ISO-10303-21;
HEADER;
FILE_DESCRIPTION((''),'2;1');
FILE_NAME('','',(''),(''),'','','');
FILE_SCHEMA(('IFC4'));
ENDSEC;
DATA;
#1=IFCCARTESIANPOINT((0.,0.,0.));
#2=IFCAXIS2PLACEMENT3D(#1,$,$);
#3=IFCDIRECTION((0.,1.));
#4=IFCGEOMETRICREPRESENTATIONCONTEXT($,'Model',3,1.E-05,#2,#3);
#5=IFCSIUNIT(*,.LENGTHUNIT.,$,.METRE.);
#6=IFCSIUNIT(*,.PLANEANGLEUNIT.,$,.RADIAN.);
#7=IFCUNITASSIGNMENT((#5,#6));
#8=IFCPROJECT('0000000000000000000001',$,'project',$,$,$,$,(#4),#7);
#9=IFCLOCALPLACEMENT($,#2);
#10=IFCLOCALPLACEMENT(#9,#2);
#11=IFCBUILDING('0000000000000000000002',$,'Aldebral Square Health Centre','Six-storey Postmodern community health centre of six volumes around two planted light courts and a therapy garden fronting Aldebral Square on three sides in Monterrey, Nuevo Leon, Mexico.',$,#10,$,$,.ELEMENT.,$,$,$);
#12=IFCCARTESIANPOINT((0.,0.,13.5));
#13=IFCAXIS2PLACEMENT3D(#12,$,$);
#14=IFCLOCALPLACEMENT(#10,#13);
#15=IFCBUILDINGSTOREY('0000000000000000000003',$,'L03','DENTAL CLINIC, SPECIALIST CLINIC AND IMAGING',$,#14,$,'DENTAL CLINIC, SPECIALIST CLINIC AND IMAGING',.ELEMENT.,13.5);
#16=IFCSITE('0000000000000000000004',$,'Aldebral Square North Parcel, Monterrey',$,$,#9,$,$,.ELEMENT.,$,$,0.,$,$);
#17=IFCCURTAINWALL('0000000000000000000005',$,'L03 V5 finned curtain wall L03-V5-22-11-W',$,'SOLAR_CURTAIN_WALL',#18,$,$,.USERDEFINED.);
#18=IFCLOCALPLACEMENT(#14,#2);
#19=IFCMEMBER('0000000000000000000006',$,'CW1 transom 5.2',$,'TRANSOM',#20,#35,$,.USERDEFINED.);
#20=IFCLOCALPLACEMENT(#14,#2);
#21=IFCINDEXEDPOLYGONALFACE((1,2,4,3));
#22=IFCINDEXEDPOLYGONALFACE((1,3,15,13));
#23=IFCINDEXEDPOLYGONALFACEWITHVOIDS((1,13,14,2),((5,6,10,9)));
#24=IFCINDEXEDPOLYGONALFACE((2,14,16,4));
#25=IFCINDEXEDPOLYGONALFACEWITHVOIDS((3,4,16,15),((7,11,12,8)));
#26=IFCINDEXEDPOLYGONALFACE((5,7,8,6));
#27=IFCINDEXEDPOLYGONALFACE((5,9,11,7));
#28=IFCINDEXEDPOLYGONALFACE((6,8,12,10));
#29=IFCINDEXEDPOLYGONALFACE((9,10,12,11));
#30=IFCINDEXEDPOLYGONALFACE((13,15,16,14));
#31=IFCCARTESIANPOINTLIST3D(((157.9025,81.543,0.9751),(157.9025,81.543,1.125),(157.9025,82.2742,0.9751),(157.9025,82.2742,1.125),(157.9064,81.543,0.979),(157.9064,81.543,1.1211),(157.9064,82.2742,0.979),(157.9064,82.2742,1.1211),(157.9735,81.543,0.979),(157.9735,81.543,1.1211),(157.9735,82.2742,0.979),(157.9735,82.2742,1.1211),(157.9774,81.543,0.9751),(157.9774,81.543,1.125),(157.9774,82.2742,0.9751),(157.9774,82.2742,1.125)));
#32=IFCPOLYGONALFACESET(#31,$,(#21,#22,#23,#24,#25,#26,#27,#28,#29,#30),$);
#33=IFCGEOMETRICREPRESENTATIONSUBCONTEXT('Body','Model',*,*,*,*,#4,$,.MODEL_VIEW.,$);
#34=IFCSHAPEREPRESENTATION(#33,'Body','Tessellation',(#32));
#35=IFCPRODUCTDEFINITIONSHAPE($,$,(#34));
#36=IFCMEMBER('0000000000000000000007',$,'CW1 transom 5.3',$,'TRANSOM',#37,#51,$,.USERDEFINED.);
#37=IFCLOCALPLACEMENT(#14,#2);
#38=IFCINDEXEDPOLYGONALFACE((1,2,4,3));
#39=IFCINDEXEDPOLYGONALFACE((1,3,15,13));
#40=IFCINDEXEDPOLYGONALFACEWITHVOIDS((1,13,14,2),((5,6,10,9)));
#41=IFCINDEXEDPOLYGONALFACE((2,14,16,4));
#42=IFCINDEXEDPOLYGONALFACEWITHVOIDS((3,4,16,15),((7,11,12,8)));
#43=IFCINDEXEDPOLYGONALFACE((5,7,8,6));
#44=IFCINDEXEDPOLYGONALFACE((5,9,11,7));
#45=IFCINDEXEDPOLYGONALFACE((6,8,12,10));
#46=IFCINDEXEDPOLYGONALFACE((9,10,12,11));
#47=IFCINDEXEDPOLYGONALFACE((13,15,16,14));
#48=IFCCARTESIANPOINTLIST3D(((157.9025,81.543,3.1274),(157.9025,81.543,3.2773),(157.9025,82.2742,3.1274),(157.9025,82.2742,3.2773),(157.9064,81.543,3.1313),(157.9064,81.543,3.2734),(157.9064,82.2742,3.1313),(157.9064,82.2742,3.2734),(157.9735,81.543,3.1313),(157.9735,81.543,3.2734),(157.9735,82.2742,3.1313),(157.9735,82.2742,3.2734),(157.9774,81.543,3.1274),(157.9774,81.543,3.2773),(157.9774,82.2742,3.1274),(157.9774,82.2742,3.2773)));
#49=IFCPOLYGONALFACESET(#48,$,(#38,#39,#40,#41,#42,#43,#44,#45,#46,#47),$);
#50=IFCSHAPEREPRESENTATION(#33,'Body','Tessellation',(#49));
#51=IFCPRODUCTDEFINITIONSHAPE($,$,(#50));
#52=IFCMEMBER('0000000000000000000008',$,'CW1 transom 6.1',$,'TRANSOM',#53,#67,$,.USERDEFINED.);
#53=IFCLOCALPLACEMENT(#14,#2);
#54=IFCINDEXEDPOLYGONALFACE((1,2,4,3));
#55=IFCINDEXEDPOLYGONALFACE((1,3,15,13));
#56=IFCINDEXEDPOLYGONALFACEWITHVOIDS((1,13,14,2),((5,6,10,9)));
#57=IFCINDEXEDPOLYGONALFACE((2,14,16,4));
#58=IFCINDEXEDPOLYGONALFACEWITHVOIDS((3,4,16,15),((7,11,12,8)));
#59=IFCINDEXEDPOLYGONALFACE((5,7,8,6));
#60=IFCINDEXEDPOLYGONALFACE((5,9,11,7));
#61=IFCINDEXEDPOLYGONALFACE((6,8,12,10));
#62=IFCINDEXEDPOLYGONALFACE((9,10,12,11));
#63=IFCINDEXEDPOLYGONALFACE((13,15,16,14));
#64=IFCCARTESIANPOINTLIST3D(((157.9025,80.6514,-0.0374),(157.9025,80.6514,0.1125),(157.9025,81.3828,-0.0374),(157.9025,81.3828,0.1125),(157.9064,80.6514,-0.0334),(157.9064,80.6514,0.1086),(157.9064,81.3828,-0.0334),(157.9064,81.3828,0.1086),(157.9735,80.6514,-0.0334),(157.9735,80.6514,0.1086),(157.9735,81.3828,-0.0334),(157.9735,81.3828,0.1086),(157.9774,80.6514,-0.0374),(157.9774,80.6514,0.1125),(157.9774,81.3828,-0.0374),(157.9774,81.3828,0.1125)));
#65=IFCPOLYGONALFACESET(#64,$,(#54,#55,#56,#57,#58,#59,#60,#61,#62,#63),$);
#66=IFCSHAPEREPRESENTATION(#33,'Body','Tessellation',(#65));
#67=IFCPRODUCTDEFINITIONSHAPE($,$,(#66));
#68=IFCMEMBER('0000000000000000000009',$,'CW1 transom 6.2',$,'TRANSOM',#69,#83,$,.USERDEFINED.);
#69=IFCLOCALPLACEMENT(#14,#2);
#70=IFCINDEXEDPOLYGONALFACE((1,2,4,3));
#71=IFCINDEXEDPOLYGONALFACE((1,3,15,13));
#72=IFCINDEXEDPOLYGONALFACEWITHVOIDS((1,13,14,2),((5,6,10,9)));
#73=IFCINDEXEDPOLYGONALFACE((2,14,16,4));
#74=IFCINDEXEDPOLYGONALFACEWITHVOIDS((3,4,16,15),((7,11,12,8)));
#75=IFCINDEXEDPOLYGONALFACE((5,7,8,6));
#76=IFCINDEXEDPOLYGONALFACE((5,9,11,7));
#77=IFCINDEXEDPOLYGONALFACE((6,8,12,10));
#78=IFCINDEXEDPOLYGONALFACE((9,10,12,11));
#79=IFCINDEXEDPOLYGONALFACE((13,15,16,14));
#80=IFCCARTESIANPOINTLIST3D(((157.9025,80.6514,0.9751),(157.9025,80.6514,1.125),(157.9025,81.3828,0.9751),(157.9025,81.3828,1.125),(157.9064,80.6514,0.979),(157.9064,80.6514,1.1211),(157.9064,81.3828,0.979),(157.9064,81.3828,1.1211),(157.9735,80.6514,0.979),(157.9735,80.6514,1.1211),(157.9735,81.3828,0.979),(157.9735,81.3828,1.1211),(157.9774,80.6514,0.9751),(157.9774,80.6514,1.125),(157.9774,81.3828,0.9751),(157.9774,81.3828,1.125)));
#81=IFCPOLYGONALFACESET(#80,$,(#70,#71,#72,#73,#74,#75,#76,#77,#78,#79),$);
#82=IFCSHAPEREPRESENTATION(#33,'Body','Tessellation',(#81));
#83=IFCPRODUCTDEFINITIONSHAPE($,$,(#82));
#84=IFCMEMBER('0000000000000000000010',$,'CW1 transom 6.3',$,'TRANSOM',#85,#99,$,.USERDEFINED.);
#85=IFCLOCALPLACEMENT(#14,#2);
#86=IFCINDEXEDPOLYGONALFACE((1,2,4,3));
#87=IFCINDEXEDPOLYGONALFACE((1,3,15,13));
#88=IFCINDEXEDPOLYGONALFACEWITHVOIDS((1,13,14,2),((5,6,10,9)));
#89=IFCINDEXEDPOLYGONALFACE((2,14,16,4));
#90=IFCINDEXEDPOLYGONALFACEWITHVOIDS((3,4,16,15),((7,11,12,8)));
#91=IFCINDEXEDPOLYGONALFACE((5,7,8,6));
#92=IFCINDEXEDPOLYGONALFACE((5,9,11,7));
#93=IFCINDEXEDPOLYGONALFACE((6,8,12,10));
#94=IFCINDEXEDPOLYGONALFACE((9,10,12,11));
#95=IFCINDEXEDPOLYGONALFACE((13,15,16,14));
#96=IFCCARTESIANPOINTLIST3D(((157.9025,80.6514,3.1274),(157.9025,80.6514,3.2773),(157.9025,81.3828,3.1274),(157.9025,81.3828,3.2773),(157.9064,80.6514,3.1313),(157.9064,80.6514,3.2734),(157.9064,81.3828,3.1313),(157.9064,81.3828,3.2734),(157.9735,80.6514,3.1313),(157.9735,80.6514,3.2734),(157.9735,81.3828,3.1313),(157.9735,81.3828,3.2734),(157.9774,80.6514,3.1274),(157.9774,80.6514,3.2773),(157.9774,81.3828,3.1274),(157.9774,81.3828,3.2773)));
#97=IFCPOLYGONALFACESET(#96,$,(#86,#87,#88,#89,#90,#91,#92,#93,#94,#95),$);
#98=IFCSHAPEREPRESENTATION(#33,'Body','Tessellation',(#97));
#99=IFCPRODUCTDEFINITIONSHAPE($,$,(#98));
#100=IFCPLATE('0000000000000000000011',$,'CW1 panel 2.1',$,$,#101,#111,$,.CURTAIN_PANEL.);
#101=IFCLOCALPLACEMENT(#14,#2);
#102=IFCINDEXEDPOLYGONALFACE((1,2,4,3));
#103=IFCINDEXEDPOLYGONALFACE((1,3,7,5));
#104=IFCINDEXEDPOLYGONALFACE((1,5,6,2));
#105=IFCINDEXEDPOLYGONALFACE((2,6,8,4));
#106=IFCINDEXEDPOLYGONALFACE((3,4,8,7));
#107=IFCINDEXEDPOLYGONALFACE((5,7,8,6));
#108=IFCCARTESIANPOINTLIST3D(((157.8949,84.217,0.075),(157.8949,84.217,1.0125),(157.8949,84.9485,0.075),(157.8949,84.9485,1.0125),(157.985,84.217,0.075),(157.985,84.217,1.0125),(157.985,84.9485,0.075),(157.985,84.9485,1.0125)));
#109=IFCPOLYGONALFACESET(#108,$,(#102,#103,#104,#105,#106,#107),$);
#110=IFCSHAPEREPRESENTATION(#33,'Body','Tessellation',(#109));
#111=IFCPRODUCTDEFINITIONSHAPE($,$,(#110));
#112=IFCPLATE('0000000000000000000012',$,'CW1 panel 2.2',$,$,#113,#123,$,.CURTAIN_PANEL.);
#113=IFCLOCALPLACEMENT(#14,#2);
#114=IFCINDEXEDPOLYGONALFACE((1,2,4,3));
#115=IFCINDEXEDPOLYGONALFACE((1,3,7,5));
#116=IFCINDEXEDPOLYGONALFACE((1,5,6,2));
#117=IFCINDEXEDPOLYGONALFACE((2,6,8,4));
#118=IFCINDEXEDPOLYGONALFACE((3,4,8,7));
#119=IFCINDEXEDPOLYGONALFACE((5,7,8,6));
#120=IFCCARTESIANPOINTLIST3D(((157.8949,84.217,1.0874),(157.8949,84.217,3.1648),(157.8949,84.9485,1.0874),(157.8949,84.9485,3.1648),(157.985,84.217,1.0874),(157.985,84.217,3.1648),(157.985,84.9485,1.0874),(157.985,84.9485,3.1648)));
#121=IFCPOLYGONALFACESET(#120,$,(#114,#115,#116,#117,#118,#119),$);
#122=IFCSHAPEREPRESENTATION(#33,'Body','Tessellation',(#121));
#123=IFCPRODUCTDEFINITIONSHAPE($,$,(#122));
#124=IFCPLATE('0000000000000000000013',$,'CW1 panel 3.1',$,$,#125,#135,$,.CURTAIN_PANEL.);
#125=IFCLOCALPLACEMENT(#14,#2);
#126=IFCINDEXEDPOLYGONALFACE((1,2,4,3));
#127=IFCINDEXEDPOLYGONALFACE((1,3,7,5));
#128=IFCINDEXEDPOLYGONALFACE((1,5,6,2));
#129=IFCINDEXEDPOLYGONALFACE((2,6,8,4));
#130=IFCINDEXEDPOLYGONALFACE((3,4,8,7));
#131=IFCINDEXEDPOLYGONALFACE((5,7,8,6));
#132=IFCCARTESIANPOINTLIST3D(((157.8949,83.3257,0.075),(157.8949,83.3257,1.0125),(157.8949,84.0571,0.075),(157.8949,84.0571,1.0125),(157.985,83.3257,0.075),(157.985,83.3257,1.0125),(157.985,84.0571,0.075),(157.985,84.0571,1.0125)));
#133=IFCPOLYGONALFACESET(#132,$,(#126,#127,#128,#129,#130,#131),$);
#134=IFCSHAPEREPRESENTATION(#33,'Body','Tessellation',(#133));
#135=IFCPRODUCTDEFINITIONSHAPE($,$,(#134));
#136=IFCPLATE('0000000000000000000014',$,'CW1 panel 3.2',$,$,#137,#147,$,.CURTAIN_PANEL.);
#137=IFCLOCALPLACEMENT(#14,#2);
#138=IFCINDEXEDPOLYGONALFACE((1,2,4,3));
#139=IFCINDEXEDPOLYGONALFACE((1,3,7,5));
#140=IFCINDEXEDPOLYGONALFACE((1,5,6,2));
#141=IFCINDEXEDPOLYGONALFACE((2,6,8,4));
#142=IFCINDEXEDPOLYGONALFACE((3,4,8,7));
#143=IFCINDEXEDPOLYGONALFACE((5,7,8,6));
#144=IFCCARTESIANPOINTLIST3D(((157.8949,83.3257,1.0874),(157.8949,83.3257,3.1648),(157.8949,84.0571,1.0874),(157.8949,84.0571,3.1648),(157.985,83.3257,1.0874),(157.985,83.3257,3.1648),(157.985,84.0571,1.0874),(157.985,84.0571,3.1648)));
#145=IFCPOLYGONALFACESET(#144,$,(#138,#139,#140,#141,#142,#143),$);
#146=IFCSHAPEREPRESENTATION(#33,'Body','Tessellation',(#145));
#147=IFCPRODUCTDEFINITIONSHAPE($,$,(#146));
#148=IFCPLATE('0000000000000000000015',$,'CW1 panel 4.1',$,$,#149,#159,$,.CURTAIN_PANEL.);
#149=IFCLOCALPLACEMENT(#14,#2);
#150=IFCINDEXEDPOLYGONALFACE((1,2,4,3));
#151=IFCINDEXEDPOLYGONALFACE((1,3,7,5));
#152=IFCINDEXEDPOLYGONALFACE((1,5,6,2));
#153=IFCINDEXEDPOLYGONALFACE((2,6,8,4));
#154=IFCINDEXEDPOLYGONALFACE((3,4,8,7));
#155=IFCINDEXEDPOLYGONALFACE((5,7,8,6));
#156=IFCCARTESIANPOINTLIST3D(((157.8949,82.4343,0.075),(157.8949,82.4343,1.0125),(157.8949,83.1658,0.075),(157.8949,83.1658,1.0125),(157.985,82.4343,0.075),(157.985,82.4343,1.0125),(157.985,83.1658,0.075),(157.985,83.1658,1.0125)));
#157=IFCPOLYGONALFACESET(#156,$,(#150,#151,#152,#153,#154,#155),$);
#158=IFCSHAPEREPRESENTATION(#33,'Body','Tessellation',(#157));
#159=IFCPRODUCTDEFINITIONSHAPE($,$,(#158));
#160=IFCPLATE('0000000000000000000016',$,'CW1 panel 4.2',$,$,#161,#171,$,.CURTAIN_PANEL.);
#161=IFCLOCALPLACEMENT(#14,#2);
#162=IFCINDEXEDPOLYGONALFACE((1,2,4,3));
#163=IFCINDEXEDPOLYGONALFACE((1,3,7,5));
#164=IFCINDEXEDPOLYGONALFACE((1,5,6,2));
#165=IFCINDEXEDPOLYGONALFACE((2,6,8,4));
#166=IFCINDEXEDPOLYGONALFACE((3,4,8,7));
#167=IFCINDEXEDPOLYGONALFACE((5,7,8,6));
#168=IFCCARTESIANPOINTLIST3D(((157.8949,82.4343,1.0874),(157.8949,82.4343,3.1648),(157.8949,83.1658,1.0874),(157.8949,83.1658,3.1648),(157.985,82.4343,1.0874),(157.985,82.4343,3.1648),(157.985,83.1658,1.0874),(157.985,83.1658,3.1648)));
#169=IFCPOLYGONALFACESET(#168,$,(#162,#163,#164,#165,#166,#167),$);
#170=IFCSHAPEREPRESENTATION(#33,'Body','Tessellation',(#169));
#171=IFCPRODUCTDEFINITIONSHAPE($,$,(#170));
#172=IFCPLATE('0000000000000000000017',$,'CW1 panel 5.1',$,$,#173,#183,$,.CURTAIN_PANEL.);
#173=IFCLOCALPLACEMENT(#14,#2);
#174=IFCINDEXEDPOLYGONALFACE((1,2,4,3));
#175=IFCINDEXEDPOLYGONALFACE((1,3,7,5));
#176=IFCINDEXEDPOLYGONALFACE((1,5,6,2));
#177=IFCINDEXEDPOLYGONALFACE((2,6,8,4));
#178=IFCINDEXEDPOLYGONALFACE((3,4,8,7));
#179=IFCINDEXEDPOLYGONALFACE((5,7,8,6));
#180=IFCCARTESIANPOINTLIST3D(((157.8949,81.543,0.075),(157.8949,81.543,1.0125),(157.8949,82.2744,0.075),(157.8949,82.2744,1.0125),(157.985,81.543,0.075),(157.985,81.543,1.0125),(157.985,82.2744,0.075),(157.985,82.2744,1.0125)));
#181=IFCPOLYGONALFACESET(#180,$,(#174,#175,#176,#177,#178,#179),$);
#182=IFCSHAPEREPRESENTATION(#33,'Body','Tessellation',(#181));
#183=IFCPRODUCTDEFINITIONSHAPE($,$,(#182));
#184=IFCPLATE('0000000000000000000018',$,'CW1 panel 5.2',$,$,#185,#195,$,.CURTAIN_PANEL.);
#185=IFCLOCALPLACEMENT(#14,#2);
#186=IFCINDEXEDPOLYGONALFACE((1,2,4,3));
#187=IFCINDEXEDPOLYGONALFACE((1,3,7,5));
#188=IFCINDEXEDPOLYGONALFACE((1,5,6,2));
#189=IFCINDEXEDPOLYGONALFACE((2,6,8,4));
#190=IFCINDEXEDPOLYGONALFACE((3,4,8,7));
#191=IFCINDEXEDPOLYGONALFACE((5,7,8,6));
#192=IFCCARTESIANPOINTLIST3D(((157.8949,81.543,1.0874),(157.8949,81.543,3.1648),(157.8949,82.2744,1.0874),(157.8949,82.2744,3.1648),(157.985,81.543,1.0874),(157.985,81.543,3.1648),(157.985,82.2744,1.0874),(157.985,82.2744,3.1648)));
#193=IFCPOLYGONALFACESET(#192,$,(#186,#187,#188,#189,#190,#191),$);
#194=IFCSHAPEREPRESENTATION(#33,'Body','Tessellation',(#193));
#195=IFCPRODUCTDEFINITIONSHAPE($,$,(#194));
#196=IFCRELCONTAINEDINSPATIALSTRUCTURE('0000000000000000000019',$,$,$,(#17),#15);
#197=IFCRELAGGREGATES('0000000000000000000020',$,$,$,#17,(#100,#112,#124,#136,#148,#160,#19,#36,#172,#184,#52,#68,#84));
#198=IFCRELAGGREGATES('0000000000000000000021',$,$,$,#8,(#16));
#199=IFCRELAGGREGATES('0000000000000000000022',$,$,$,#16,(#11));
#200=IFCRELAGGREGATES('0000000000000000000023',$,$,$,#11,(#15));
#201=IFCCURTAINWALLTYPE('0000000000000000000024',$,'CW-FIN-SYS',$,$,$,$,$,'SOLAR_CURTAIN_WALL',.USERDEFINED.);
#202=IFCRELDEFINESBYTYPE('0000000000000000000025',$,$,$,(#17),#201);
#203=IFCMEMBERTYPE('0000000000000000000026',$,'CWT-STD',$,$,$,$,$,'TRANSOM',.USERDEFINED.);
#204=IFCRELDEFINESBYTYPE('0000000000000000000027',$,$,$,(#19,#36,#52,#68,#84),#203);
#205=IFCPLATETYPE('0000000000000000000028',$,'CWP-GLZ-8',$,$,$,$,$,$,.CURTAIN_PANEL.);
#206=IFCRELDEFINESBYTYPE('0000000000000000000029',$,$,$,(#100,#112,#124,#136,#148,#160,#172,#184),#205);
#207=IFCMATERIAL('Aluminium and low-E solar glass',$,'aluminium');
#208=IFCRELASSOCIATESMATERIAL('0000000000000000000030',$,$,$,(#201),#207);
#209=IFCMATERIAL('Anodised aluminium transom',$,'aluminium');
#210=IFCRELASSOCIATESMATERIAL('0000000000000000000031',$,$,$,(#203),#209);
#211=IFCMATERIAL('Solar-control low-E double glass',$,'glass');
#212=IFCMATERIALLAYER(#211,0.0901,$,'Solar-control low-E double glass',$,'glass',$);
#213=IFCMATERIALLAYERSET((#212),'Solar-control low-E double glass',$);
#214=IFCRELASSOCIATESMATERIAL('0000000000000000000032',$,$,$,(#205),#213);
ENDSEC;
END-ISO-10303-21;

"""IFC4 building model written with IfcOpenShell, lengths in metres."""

from ifc_helpers import new_model, si_unit, direction, frame, origin, origin_2d, place, context, subcontext, project, spatial, rectangle, hollow_rectangle, extrude, material, layer, layer_set, material_profile, profile_set, type_object, element, aggregate, save


model = new_model("IFC4")

# Units and contexts
model_context = context("Model", 3, precision=1e-05, world=origin(), true_north=direction((0.0, 1.0)))
body_context = subcontext(model_context, "Body", "Model", "MODEL_VIEW")
ifc_project = project(units=[si_unit("LENGTHUNIT", "METRE"), si_unit("PLANEANGLEUNIT", "RADIAN")], contexts=[model_context])

# Site, building, storey
site_placement = place(None, origin())
site = spatial("IfcSite", under=ifc_project, at=site_placement, Name="Aldebral Square North Parcel, Monterrey", CompositionType="ELEMENT", RefElevation=0.0)
building_placement = place(site_placement, origin())
building = spatial("IfcBuilding", under=site, at=building_placement, Name="Aldebral Square Health Centre", Description="Six-storey Postmodern community health centre of six volumes around two planted light courts and a therapy garden fronting Aldebral Square on three sides in Monterrey, Nuevo Leon, Mexico.", CompositionType="ELEMENT")
storey_placement = place(building_placement, frame((0.0, 0.0, 13.5)))
storey = spatial("IfcBuildingStorey", under=building, at=storey_placement, Name="L03", Description="DENTAL CLINIC, SPECIALIST CLINIC AND IMAGING", LongName="DENTAL CLINIC, SPECIALIST CLINIC AND IMAGING", CompositionType="ELEMENT", Elevation=13.5)

# Curtain wall, members, plates
ifc_material_1 = material(Name="Aluminium and low-E solar glass", Category="aluminium")
curtain_wall_type = type_object("IfcCurtainWallType", Name="CW-FIN-SYS", ElementType="SOLAR_CURTAIN_WALL", PredefinedType="USERDEFINED", material=ifc_material_1)
curtain_wall_placement = place(storey_placement, origin())
curtain_wall = element("IfcCurtainWall", 1, at=curtain_wall_placement, inside=storey, type_object=curtain_wall_type, Name="L03 V5 finned curtain wall L03-V5-22-11-W", ObjectType="SOLAR_CURTAIN_WALL", PredefinedType="USERDEFINED")
ifc_material_2 = material(Name="Anodised aluminium transom", Category="aluminium")
ifc_material_profile_1 = material_profile(ifc_material_2, hollow_rectangle(XDim=0.075, YDim=0.1499, WallThickness=0.0039, at=origin_2d()), Name="CWT 75x150x4")
ifc_profile_set_1 = profile_set([ifc_material_profile_1], Name="Anodised aluminium transom")
member_type_1 = type_object("IfcMemberType", Name="CWT-STD", ElementType="TRANSOM", PredefinedType="USERDEFINED", material=ifc_profile_set_1)
member_1_placement = place(storey_placement, frame((157.9399, 82.2742, 1.05), z_axis=(0.0, -1.0, 0.0), x_axis=(1.0, 0.0, 0.0)))
member_1 = element("IfcMember", 2, at=member_1_placement, type_object=member_type_1, Name="CW1 transom 5.2", ObjectType="TRANSOM", PredefinedType="USERDEFINED", context=body_context, shape_type="SweptSolid", body=[
    extrude(hollow_rectangle(XDim=0.075, YDim=0.1499, WallThickness=0.0039, at=origin_2d()), origin(), (0.0, 0.0, 1.0), 0.7312),
])
member_2_placement = place(storey_placement, frame((157.9399, 82.2742, 3.2024), z_axis=(0.0, -1.0, 0.0), x_axis=(1.0, 0.0, 0.0)))
member_2 = element("IfcMember", 3, at=member_2_placement, type_object=member_type_1, Name="CW1 transom 5.3", ObjectType="TRANSOM", PredefinedType="USERDEFINED", context=body_context, shape_type="SweptSolid", body=[
    extrude(hollow_rectangle(XDim=0.075, YDim=0.1499, WallThickness=0.0039, at=origin_2d()), origin(), (0.0, 0.0, 1.0), 0.7312),
])
member_3_placement = place(storey_placement, frame((157.9399, 81.3828, 0.0376), z_axis=(0.0, -1.0, 0.0), x_axis=(1.0, 0.0, 0.0)))
member_3 = element("IfcMember", 4, at=member_3_placement, type_object=member_type_1, Name="CW1 transom 6.1", ObjectType="TRANSOM", PredefinedType="USERDEFINED", context=body_context, shape_type="SweptSolid", body=[
    extrude(hollow_rectangle(XDim=0.075, YDim=0.1499, WallThickness=0.0039, at=origin_2d()), origin(), (0.0, 0.0, 1.0), 0.7314),
])
member_4_placement = place(storey_placement, frame((157.9399, 81.3828, 1.05), z_axis=(0.0, -1.0, 0.0), x_axis=(1.0, 0.0, 0.0)))
member_4 = element("IfcMember", 5, at=member_4_placement, type_object=member_type_1, Name="CW1 transom 6.2", ObjectType="TRANSOM", PredefinedType="USERDEFINED", context=body_context, shape_type="SweptSolid", body=[
    extrude(hollow_rectangle(XDim=0.075, YDim=0.1499, WallThickness=0.0039, at=origin_2d()), origin(), (0.0, 0.0, 1.0), 0.7314),
])
member_5_placement = place(storey_placement, frame((157.9399, 81.3828, 3.2024), z_axis=(0.0, -1.0, 0.0), x_axis=(1.0, 0.0, 0.0)))
member_5 = element("IfcMember", 6, at=member_5_placement, type_object=member_type_1, Name="CW1 transom 6.3", ObjectType="TRANSOM", PredefinedType="USERDEFINED", context=body_context, shape_type="SweptSolid", body=[
    extrude(hollow_rectangle(XDim=0.075, YDim=0.1499, WallThickness=0.0039, at=origin_2d()), origin(), (0.0, 0.0, 1.0), 0.7314),
])
ifc_material_3 = material(Name="Solar-control low-E double glass", Category="glass")
ifc_layer = layer(ifc_material_3, 0.0901, Name="Solar-control low-E double glass", Category="glass")
ifc_layer_set = layer_set([ifc_layer], Name="Solar-control low-E double glass")
plate_type = type_object("IfcPlateType", Name="CWP-GLZ-8", PredefinedType="CURTAIN_PANEL", material=ifc_layer_set)
plate_1_placement = place(storey_placement, frame((157.9399, 84.5828, 0.075), z_axis=(0.0, 0.0, 1.0), x_axis=(0.0, -1.0, 0.0)))
plate_1 = element("IfcPlate", 7, at=plate_1_placement, type_object=plate_type, Name="CW1 panel 2.1", PredefinedType="CURTAIN_PANEL", context=body_context, shape_type="SweptSolid", body=[
    extrude(rectangle(XDim=0.7314, YDim=0.0901, at=origin_2d()), origin(), (0.0, 0.0, 1.0), 0.9375),
])
plate_2_placement = place(storey_placement, frame((157.9399, 84.5828, 1.0874), z_axis=(0.0, 0.0, 1.0), x_axis=(0.0, -1.0, 0.0)))
plate_2 = element("IfcPlate", 8, at=plate_2_placement, type_object=plate_type, Name="CW1 panel 2.2", PredefinedType="CURTAIN_PANEL", context=body_context, shape_type="SweptSolid", body=[
    extrude(rectangle(XDim=0.7314, YDim=0.0901, at=origin_2d()), origin(), (0.0, 0.0, 1.0), 2.0774),
])
plate_3_placement = place(storey_placement, frame((157.9399, 83.6914, 0.075), z_axis=(0.0, 0.0, 1.0), x_axis=(0.0, -1.0, 0.0)))
plate_3 = element("IfcPlate", 9, at=plate_3_placement, type_object=plate_type, Name="CW1 panel 3.1", PredefinedType="CURTAIN_PANEL", context=body_context, shape_type="SweptSolid", body=[
    extrude(rectangle(XDim=0.7314, YDim=0.0901, at=origin_2d()), origin(), (0.0, 0.0, 1.0), 0.9375),
])
plate_4_placement = place(storey_placement, frame((157.9399, 83.6914, 1.0874), z_axis=(0.0, 0.0, 1.0), x_axis=(0.0, -1.0, 0.0)))
plate_4 = element("IfcPlate", 10, at=plate_4_placement, type_object=plate_type, Name="CW1 panel 3.2", PredefinedType="CURTAIN_PANEL", context=body_context, shape_type="SweptSolid", body=[
    extrude(rectangle(XDim=0.7314, YDim=0.0901, at=origin_2d()), origin(), (0.0, 0.0, 1.0), 2.0774),
])
plate_5_placement = place(storey_placement, frame((157.9399, 82.8, 0.075), z_axis=(0.0, 0.0, 1.0), x_axis=(0.0, -1.0, 0.0)))
plate_5 = element("IfcPlate", 11, at=plate_5_placement, type_object=plate_type, Name="CW1 panel 4.1", PredefinedType="CURTAIN_PANEL", context=body_context, shape_type="SweptSolid", body=[
    extrude(rectangle(XDim=0.7314, YDim=0.0901, at=origin_2d()), origin(), (0.0, 0.0, 1.0), 0.9375),
])
plate_6_placement = place(storey_placement, frame((157.9399, 82.8, 1.0874), z_axis=(0.0, 0.0, 1.0), x_axis=(0.0, -1.0, 0.0)))
plate_6 = element("IfcPlate", 12, at=plate_6_placement, type_object=plate_type, Name="CW1 panel 4.2", PredefinedType="CURTAIN_PANEL", context=body_context, shape_type="SweptSolid", body=[
    extrude(rectangle(XDim=0.7314, YDim=0.0901, at=origin_2d()), origin(), (0.0, 0.0, 1.0), 2.0774),
])
plate_7_placement = place(storey_placement, frame((157.9399, 81.9087, 0.075), z_axis=(0.0, 0.0, 1.0), x_axis=(0.0, -1.0, 0.0)))
plate_7 = element("IfcPlate", 13, at=plate_7_placement, type_object=plate_type, Name="CW1 panel 5.1", PredefinedType="CURTAIN_PANEL", context=body_context, shape_type="SweptSolid", body=[
    extrude(rectangle(XDim=0.7314, YDim=0.0901, at=origin_2d()), origin(), (0.0, 0.0, 1.0), 0.9375),
])
plate_8_placement = place(storey_placement, frame((157.9399, 81.9087, 1.0874), z_axis=(0.0, 0.0, 1.0), x_axis=(0.0, -1.0, 0.0)))
plate_8 = element("IfcPlate", 14, at=plate_8_placement, type_object=plate_type, Name="CW1 panel 5.2", PredefinedType="CURTAIN_PANEL", context=body_context, shape_type="SweptSolid", body=[
    extrude(rectangle(XDim=0.7314, YDim=0.0901, at=origin_2d()), origin(), (0.0, 0.0, 1.0), 2.0774),
])
aggregate(curtain_wall, [plate_1, plate_2, plate_3, plate_4, plate_5, plate_6, member_1, member_2, plate_7, plate_8, member_3, member_4, member_5])

save(model, "model.ifc")
